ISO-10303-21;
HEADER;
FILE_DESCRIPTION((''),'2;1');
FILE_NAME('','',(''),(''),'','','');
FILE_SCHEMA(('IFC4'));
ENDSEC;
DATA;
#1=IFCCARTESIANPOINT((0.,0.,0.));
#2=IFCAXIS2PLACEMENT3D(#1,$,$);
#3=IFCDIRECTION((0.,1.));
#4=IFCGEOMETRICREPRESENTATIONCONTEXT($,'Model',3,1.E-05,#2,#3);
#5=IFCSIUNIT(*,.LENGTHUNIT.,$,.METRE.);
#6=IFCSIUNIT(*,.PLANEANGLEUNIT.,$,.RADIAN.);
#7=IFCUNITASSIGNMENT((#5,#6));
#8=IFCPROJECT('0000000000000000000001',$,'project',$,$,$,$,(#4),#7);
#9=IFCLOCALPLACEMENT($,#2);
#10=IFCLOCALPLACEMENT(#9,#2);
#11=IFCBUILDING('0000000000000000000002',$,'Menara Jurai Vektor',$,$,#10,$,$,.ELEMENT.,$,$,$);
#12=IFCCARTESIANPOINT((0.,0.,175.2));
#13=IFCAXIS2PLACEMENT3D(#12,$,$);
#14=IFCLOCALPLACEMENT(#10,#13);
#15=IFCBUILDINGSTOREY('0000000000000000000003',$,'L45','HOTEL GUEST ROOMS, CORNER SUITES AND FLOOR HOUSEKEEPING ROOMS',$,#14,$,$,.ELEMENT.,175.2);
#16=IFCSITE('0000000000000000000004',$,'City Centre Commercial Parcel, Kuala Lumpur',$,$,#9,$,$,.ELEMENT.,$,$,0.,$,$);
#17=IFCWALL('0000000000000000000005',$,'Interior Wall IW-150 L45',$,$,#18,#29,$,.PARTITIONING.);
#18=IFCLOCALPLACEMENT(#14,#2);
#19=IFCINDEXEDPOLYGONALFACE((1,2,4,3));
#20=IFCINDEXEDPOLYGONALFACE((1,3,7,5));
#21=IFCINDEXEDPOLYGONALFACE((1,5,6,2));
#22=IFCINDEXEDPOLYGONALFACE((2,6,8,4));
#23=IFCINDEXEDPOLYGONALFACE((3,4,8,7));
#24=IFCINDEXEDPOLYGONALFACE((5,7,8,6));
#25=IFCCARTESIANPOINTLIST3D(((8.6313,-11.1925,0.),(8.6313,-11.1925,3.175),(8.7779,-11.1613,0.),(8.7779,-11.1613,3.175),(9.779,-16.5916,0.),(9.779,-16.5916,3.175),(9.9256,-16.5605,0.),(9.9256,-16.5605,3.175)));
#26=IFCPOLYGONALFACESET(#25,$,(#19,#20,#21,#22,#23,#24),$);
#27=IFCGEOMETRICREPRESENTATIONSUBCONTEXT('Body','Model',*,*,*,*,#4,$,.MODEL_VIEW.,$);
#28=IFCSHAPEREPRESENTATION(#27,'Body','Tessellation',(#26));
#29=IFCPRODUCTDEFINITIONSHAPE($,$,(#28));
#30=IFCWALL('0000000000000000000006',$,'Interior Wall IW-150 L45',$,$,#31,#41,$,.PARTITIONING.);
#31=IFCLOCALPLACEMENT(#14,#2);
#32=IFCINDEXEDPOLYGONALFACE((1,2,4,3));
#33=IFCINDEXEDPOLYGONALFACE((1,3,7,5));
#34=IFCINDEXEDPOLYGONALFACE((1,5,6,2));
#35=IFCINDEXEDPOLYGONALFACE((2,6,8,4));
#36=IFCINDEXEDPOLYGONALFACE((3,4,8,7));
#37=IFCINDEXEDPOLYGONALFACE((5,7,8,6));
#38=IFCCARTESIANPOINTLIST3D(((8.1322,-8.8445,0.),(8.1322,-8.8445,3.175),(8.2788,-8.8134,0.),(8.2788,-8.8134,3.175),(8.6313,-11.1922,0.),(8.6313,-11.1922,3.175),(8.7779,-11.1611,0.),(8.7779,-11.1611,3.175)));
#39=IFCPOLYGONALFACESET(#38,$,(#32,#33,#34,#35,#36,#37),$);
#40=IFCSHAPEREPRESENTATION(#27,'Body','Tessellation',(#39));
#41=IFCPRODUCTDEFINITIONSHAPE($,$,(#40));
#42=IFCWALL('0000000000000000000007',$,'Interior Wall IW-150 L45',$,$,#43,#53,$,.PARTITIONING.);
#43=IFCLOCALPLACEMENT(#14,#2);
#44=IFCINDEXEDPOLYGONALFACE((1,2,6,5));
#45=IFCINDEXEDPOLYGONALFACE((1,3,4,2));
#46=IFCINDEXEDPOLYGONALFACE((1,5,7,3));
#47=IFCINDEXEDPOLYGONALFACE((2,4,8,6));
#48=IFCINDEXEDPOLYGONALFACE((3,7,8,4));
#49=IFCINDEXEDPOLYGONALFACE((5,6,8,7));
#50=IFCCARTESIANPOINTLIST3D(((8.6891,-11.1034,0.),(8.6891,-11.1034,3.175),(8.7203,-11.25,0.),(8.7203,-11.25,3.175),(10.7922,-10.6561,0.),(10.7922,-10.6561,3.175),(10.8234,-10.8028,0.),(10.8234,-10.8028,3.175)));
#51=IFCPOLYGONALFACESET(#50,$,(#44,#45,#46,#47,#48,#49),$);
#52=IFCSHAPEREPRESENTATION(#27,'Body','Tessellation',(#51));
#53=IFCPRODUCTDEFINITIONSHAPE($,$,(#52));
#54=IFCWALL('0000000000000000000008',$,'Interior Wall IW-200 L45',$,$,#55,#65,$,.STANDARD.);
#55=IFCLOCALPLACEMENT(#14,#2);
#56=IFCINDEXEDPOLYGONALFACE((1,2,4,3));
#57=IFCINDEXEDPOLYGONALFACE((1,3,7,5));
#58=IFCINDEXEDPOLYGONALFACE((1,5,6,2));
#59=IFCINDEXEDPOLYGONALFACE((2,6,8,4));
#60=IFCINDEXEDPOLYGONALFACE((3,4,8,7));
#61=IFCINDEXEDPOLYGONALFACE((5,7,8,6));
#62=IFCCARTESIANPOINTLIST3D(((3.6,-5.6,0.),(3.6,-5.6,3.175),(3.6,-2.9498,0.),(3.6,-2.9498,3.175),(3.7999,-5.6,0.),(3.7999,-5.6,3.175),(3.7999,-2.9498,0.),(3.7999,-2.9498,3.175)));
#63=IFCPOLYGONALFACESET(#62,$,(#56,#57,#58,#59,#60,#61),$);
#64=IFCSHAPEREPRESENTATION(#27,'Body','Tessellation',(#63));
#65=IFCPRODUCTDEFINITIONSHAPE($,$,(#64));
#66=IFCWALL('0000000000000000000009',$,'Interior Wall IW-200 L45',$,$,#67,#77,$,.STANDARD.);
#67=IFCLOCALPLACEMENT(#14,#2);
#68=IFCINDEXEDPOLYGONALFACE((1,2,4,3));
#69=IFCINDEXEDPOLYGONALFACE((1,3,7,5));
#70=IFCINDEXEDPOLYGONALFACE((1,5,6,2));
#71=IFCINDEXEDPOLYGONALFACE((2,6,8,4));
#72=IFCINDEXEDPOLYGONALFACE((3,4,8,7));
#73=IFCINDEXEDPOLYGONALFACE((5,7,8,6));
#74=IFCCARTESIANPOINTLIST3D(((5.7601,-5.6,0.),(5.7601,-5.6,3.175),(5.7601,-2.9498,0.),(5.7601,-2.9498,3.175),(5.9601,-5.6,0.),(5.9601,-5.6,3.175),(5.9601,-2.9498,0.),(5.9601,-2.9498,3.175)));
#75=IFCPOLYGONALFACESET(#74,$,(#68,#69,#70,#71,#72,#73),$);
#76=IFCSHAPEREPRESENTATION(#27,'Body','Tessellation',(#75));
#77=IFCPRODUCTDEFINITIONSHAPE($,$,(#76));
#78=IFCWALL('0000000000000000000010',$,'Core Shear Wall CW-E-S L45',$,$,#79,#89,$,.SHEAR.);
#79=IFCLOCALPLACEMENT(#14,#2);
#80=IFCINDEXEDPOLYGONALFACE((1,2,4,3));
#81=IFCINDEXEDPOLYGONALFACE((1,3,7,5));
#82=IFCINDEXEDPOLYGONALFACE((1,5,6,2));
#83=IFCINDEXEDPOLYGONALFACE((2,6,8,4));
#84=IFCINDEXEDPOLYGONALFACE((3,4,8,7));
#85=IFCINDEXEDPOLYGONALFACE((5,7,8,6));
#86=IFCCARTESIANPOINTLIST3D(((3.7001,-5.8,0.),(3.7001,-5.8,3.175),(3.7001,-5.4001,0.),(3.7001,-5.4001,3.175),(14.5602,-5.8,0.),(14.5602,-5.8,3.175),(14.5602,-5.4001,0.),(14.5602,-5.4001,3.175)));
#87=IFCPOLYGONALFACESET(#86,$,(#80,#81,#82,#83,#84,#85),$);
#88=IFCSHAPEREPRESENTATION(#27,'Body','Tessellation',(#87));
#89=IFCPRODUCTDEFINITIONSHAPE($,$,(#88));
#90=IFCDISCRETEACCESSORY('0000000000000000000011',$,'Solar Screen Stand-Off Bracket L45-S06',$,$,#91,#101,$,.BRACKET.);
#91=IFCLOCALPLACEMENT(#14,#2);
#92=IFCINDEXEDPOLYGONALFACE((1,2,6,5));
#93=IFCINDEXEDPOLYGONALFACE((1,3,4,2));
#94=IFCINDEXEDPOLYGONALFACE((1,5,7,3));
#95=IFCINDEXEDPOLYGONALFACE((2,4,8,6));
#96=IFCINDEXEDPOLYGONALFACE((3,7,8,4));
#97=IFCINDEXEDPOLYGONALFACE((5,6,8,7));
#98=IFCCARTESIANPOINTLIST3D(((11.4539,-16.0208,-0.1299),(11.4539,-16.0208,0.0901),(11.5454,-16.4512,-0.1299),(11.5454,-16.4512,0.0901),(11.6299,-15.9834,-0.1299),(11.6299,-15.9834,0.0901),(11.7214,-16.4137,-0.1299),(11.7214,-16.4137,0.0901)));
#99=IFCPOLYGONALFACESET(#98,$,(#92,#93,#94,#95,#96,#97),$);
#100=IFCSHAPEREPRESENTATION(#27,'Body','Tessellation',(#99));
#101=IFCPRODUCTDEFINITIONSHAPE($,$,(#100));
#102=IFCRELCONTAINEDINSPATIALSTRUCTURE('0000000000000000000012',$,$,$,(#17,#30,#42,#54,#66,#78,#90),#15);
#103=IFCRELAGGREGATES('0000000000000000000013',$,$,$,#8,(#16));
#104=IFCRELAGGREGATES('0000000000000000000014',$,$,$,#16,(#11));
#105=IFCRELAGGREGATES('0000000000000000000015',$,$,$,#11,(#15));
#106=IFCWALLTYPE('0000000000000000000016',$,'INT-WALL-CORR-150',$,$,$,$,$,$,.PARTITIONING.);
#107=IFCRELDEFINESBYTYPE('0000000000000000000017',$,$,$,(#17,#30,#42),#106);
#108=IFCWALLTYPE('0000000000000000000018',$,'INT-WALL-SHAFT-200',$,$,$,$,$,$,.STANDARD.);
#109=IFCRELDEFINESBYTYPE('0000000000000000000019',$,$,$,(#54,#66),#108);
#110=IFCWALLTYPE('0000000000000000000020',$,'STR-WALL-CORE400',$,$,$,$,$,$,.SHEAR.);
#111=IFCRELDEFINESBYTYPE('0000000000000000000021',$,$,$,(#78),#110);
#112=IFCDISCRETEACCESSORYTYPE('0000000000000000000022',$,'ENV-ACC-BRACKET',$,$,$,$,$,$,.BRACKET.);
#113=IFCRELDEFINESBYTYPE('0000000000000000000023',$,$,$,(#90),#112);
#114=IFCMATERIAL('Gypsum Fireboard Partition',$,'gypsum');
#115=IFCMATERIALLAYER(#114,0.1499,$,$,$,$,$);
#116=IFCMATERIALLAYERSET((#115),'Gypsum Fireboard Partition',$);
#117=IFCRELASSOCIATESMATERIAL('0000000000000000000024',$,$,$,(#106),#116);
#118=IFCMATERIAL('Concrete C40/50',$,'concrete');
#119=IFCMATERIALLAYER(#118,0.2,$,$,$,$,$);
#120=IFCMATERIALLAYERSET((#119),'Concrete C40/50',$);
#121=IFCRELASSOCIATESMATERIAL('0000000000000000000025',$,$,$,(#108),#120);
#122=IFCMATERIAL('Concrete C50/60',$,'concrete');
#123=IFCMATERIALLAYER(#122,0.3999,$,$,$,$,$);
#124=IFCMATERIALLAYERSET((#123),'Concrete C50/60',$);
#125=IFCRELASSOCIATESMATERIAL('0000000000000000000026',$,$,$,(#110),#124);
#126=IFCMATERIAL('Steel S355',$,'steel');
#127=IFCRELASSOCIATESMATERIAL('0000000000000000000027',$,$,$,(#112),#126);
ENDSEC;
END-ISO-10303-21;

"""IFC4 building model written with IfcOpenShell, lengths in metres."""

from ifc_helpers import new_model, si_unit, direction, frame, frame_2d, origin, origin_2d, place, context, subcontext, project, spatial, rectangle, extrude, material, layer, layer_set, type_object, element, save


model = new_model("IFC4")

# Units and contexts
model_context = context("Model", 3, precision=1e-05, world=origin(), true_north=direction((0.0, 1.0)))
body_context = subcontext(model_context, "Body", "Model", "MODEL_VIEW")
ifc_project = project(units=[si_unit("LENGTHUNIT", "METRE"), si_unit("PLANEANGLEUNIT", "RADIAN")], contexts=[model_context])

# Site, building, storey
site_placement = place(None, origin())
site = spatial("IfcSite", under=ifc_project, at=site_placement, Name="City Centre Commercial Parcel, Kuala Lumpur", CompositionType="ELEMENT", RefElevation=0.0)
building_placement = place(site_placement, origin())
building = spatial("IfcBuilding", under=site, at=building_placement, Name="Menara Jurai Vektor", CompositionType="ELEMENT")
storey_placement = place(building_placement, frame((0.0, 0.0, 175.2)))
storey = spatial("IfcBuildingStorey", under=building, at=storey_placement, Name="L45", Description="HOTEL GUEST ROOMS, CORNER SUITES AND FLOOR HOUSEKEEPING ROOMS", CompositionType="ELEMENT", Elevation=175.2)

# Shared definitions
ifc_material_1 = material(Name="Concrete C50/60", Category="concrete")

# Shared definitions
ifc_material_2 = material(Name="Steel S355", Category="steel")

# Shared definitions
ifc_material_3 = material(Name="Gypsum Fireboard Partition", Category="gypsum")
ifc_layer_1 = layer(ifc_material_3, 0.1499)
ifc_layer_set_1 = layer_set([ifc_layer_1], Name="Gypsum Fireboard Partition")
wall_type_1 = type_object("IfcWallType", Name="INT-WALL-CORR-150", PredefinedType="PARTITIONING", material=ifc_layer_set_1)

# Walls
wall_1_placement = place(storey_placement, frame((9.8523, -16.5759, 0.0), z_axis=(0.0, 0.0, 1.0), x_axis=(-0.207925, 0.978145, 0.0)))
element("IfcWall", 1, at=wall_1_placement, inside=storey, type_object=wall_type_1, Name="Interior Wall IW-150 L45", PredefinedType="PARTITIONING", context=body_context, shape_type="SweptSolid", body=[
    extrude(rectangle(XDim=5.5198, YDim=0.1499, at=frame_2d((2.7598, 0.0))), origin(), (0.0, 0.0, 1.0), 3.175),
])
wall_2_placement = place(storey_placement, frame((8.7046, -11.1768, 0.0), z_axis=(0.0, 0.0, 1.0), x_axis=(-0.207917, 0.978146, 0.0)))
element("IfcWall", 2, at=wall_2_placement, inside=storey, type_object=wall_type_1, Name="Interior Wall IW-150 L45", PredefinedType="PARTITIONING", context=body_context, shape_type="SweptSolid", body=[
    extrude(rectangle(XDim=2.4001, YDim=0.1499, at=frame_2d((1.2002, 0.0))), origin(), (0.0, 0.0, 1.0), 3.175),
])
wall_3_placement = place(storey_placement, frame((8.7046, -11.1768, 0.0), z_axis=(0.0, 0.0, 1.0), x_axis=(0.978124, 0.208024, 0.0)))
element("IfcWall", 3, at=wall_3_placement, inside=storey, type_object=wall_type_1, Name="Interior Wall IW-150 L45", PredefinedType="PARTITIONING", context=body_context, shape_type="SweptSolid", body=[
    extrude(rectangle(XDim=2.1501, YDim=0.1499, at=frame_2d((1.0752, 0.0))), origin(), (0.0, 0.0, 1.0), 3.175),
])

# Walls
ifc_material_4 = material(Name="Concrete C40/50", Category="concrete")
ifc_layer_2 = layer(ifc_material_4, 0.2)
ifc_layer_set_2 = layer_set([ifc_layer_2], Name="Concrete C40/50")
wall_type_2 = type_object("IfcWallType", Name="INT-WALL-SHAFT-200", PredefinedType="STANDARD", material=ifc_layer_set_2)
for number, where, z_axis, x_axis, name in (
    (4, (3.7, -5.6001, 0.0), (0.0, 0.0, 1.0), (0.0, 1.0, 0.0), "Interior Wall IW-200 L45"),
    (5, (5.8601, -5.6001, 0.0), (0.0, 0.0, 1.0), (0.0, 1.0, 0.0), "Interior Wall IW-200 L45"),
):
    element("IfcWall", number, at=place(storey_placement, frame(where, z_axis=z_axis, x_axis=x_axis)), inside=storey, type_object=wall_type_2, Name=name, PredefinedType="STANDARD", context=body_context, shape_type="SweptSolid", body=[
        extrude(rectangle(XDim=2.6501, YDim=0.2, at=frame_2d((1.3252, 0.0))), origin(), (0.0, 0.0, 1.0), 3.175),
    ])
ifc_layer_3 = layer(ifc_material_1, 0.3999)
ifc_layer_set_3 = layer_set([ifc_layer_3], Name="Concrete C50/60")
wall_type_3 = type_object("IfcWallType", Name="STR-WALL-CORE400", PredefinedType="SHEAR", material=ifc_layer_set_3)
wall_4_placement = place(storey_placement, frame((3.7, -5.6001, 0.0), z_axis=(0.0, 0.0, 1.0), x_axis=(1.0, 0.0, 0.0)))
element("IfcWall", 6, at=wall_4_placement, inside=storey, type_object=wall_type_3, Name="Core Shear Wall CW-E-S L45", PredefinedType="SHEAR", context=body_context, shape_type="SweptSolid", body=[
    extrude(rectangle(XDim=10.8601, YDim=0.3999, at=frame_2d((5.4302, 0.0))), origin(), (0.0, 0.0, 1.0), 3.175),
])

# Discrete accessory
discrete_accessory_type = type_object("IfcDiscreteAccessoryType", Name="ENV-ACC-BRACKET", PredefinedType="BRACKET", material=ifc_material_2)
discrete_accessory_placement = place(storey_placement, frame((11.5876, -16.2173, -0.1299), z_axis=(0.0, 0.0, 1.0), x_axis=(0.978148, 0.207912, 0.0)))
element("IfcDiscreteAccessory", 7, at=discrete_accessory_placement, inside=storey, type_object=discrete_accessory_type, Name="Solar Screen Stand-Off Bracket L45-S06", PredefinedType="BRACKET", context=body_context, shape_type="SweptSolid", body=[
    extrude(rectangle(XDim=0.1799, YDim=0.4399, at=origin_2d()), origin(), (0.0, 0.0, 1.0), 0.22),
])

save(model, "model.ifc")
